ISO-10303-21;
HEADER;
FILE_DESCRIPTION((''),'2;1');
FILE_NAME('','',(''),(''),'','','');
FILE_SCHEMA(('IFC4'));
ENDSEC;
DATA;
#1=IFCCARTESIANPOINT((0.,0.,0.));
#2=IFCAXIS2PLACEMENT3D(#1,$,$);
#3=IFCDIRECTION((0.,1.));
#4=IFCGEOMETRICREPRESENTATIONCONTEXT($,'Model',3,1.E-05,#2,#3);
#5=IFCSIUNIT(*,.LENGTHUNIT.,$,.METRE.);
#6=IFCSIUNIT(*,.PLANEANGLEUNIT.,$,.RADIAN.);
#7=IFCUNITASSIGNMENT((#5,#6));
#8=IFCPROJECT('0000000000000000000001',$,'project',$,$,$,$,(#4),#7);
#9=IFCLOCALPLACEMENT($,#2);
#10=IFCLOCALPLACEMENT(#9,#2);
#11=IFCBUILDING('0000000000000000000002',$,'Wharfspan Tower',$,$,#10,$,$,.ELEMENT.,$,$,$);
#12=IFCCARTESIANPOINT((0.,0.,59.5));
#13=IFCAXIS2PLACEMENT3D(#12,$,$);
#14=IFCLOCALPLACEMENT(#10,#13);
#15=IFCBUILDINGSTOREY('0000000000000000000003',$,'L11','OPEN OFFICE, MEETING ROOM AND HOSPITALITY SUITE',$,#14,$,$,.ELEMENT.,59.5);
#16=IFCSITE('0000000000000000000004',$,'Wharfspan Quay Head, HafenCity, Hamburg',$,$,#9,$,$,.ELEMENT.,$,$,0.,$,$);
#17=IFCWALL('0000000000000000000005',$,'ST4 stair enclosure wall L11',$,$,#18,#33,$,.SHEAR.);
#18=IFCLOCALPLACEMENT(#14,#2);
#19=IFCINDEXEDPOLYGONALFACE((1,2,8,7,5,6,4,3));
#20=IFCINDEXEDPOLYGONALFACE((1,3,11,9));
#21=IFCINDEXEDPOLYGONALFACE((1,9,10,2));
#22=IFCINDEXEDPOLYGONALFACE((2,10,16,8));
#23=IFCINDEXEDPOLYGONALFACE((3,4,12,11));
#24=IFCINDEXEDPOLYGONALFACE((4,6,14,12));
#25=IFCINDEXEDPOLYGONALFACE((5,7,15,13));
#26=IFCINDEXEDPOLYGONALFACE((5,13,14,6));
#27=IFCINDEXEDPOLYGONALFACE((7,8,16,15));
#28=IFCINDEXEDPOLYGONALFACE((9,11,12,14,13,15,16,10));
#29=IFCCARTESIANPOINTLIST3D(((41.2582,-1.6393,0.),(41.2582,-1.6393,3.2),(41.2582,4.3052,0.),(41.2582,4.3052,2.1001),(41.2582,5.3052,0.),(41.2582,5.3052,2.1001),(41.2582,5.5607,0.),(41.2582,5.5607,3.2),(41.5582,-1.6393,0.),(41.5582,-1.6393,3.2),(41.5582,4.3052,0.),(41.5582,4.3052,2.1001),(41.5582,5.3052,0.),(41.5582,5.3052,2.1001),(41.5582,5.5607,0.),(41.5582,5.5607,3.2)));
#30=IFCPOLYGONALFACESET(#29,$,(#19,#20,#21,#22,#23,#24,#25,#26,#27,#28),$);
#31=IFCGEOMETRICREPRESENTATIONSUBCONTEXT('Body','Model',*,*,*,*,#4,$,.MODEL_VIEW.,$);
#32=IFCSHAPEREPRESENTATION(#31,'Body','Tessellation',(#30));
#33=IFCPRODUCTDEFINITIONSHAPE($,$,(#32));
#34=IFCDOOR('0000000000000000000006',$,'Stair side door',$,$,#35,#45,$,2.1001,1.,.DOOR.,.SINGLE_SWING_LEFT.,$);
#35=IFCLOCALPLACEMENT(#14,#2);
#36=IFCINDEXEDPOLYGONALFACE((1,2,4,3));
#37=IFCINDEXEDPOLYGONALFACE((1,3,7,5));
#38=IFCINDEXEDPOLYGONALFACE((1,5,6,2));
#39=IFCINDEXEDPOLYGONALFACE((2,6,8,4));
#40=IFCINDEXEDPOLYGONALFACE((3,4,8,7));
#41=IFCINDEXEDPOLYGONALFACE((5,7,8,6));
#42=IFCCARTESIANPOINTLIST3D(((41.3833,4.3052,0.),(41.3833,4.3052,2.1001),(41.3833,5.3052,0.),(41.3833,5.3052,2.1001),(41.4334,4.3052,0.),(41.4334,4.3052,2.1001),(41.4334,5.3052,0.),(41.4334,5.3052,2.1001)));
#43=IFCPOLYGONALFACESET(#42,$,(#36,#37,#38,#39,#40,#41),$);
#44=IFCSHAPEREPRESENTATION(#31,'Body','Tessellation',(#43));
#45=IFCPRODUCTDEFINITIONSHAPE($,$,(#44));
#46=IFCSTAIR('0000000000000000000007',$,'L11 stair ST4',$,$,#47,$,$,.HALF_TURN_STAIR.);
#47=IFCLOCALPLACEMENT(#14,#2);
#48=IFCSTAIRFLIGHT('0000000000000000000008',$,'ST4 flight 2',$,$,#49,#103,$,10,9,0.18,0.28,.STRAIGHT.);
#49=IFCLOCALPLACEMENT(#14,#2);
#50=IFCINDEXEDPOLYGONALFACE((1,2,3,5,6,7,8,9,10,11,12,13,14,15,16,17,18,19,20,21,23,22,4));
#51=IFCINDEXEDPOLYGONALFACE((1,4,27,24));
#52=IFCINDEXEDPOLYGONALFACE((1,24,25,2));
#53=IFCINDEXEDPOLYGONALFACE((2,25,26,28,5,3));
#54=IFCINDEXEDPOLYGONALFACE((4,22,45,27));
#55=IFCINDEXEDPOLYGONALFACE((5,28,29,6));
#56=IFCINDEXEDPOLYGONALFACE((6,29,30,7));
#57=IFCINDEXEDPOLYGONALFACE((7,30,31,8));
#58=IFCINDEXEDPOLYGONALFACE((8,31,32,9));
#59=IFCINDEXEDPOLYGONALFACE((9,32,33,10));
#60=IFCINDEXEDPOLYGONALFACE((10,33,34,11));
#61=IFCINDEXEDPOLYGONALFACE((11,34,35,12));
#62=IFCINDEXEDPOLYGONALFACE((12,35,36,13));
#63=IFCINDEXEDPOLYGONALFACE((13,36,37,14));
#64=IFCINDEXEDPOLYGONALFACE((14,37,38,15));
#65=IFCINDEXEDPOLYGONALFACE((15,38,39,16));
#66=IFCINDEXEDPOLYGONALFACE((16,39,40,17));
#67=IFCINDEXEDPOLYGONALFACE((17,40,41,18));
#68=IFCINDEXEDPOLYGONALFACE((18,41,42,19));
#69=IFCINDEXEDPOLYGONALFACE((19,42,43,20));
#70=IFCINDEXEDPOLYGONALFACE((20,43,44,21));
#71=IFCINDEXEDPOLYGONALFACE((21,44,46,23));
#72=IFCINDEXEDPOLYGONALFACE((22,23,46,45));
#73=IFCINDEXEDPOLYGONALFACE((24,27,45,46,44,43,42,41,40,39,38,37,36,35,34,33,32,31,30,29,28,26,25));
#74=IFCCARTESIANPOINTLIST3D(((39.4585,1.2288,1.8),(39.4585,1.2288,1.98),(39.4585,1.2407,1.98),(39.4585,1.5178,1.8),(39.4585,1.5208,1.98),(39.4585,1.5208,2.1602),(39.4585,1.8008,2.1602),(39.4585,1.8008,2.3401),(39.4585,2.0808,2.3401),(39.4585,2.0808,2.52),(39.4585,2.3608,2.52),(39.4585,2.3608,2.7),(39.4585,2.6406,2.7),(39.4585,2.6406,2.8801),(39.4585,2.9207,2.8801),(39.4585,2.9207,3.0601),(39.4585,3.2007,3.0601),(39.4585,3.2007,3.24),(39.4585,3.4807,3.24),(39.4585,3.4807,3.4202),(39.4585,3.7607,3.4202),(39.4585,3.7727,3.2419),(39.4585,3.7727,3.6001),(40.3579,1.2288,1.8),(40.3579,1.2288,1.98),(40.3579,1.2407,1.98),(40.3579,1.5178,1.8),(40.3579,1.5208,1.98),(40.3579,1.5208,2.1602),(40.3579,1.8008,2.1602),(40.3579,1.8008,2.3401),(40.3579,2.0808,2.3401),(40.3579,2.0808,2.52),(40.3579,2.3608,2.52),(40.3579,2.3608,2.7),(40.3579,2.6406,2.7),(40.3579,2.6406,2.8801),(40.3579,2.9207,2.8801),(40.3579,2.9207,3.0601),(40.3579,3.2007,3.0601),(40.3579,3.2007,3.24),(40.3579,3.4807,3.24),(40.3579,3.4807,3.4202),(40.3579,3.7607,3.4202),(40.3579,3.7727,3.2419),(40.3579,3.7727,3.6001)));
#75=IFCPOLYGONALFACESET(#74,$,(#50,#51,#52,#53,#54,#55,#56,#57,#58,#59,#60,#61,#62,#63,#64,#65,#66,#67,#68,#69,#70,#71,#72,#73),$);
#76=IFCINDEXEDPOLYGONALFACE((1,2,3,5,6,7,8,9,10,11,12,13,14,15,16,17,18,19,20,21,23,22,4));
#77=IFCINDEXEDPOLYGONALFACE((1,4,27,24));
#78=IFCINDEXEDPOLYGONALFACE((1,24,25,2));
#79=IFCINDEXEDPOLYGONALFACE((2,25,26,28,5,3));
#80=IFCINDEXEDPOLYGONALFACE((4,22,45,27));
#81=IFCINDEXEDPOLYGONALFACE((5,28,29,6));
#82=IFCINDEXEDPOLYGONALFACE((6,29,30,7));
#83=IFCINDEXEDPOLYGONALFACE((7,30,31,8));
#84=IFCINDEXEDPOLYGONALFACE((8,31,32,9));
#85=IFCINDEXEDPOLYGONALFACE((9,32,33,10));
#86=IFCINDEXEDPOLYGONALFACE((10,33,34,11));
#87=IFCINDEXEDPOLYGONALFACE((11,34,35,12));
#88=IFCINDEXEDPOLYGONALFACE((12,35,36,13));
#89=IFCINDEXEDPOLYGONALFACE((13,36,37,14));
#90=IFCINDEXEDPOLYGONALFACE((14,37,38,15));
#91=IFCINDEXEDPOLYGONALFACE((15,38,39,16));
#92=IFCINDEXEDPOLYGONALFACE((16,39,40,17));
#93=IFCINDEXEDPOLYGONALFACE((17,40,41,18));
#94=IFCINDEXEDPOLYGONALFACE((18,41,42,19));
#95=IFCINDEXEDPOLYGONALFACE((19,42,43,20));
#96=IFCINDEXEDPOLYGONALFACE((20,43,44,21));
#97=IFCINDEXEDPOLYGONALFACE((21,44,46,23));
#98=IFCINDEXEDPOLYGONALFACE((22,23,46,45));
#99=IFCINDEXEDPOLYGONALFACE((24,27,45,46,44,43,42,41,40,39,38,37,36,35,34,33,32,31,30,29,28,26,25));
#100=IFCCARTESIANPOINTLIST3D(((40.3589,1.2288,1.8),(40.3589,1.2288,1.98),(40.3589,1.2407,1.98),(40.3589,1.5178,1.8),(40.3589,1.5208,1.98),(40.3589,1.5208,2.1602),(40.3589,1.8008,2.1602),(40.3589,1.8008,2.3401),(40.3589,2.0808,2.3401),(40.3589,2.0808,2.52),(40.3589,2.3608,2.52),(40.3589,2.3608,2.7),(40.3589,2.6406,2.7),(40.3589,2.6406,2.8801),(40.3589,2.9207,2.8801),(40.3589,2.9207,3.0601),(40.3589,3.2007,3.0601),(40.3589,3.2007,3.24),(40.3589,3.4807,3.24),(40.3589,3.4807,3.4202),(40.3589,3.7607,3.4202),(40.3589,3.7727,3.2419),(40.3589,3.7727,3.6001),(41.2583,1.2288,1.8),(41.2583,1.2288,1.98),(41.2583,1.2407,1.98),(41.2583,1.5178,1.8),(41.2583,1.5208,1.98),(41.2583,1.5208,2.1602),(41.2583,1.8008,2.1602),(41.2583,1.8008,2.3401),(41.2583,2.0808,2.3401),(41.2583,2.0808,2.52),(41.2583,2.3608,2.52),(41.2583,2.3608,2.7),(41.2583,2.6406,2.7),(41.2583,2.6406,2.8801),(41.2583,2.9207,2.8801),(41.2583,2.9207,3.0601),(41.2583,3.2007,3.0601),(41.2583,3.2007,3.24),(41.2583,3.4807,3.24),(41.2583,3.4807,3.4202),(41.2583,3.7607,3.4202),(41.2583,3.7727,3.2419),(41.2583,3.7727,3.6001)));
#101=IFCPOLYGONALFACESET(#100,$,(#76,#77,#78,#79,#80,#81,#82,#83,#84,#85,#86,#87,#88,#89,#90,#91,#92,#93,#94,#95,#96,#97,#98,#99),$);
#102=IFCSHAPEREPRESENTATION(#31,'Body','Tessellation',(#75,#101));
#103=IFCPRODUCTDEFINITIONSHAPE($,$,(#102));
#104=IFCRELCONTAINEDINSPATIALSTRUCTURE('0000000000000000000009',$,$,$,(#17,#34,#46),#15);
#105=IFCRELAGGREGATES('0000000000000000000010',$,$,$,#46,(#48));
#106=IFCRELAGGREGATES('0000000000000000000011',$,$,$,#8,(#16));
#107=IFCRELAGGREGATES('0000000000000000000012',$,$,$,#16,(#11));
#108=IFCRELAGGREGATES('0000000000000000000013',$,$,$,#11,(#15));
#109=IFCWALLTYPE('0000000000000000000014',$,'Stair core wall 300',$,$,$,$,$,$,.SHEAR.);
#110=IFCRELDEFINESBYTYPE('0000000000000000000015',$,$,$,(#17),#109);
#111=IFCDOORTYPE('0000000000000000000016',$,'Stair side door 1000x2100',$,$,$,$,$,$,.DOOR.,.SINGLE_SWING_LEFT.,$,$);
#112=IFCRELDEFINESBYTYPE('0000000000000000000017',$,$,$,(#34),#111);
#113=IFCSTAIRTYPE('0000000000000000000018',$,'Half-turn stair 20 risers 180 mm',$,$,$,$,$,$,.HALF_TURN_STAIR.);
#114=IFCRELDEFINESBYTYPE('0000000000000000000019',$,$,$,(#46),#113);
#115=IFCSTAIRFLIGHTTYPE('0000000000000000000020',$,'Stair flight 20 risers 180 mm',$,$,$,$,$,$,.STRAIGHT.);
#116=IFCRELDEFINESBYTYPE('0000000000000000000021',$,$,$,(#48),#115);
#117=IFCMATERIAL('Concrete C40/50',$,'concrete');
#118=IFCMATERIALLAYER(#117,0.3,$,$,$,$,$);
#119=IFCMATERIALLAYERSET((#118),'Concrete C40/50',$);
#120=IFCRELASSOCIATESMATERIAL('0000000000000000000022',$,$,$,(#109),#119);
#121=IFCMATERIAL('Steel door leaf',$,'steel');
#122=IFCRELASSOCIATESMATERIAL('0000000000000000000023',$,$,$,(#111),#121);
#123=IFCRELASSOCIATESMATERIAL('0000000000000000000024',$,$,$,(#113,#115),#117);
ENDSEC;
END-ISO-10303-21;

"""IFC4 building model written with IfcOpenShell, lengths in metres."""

from ifc_helpers import new_model, si_unit, direction, frame, frame_2d, origin, place, context, subcontext, project, spatial, polyline, rectangle, outline, extrude, material, layer, layer_set, type_object, element, fill, aggregate, save


model = new_model("IFC4")

# Units and contexts
model_context = context("Model", 3, precision=1e-05, world=origin(), true_north=direction((0.0, 1.0)))
body_context = subcontext(model_context, "Body", "Model", "MODEL_VIEW")
ifc_project = project(units=[si_unit("LENGTHUNIT", "METRE"), si_unit("PLANEANGLEUNIT", "RADIAN")], contexts=[model_context])

# Site, building, storey
site_placement = place(None, origin())
site = spatial("IfcSite", under=ifc_project, at=site_placement, Name="Wharfspan Quay Head, HafenCity, Hamburg", CompositionType="ELEMENT", RefElevation=0.0)
building_placement = place(site_placement, origin())
building = spatial("IfcBuilding", under=site, at=building_placement, Name="Wharfspan Tower", CompositionType="ELEMENT")
storey_placement = place(building_placement, frame((0.0, 0.0, 59.5)))
storey = spatial("IfcBuildingStorey", under=building, at=storey_placement, Name="L11", Description="OPEN OFFICE, MEETING ROOM AND HOSPITALITY SUITE", CompositionType="ELEMENT", Elevation=59.5)

# Wall, opening, door
ifc_material_1 = material(Name="Concrete C40/50", Category="concrete")
ifc_layer_1 = layer(ifc_material_1, 0.3)
ifc_layer_set_1 = layer_set([ifc_layer_1], Name="Concrete C40/50")
wall_type_1 = type_object("IfcWallType", Name="Stair core wall 300", PredefinedType="SHEAR", material=ifc_layer_set_1)
wall_1_placement = place(storey_placement, frame((41.4082, -1.6394, 0.0), z_axis=(0.0, 0.0, 1.0), x_axis=(0.0, 1.0, 0.0)))
wall_1 = element("IfcWall", 1, at=wall_1_placement, inside=storey, type_object=wall_type_1, Name="ST4 stair enclosure wall L11", PredefinedType="SHEAR", context=body_context, shape_type="SweptSolid", body=[
    extrude(rectangle(XDim=7.2, YDim=0.3, at=frame_2d((3.6001, 0.0))), origin(), (0.0, 0.0, 1.0), 3.2),
])
opening_1_placement = place(wall_1_placement, frame((5.9446, 0.0, 0.0)))
opening_1 = element("IfcOpeningElement", 2, at=opening_1_placement, cuts=wall_1, PredefinedType="OPENING", context=body_context, shape_type="SweptSolid", body=[
    extrude(rectangle(XDim=1.0, YDim=2.1001, at=frame_2d((0.5, 1.05))), frame((0.0, 0.1599, 0.0), z_axis=(0.0, -1.0, 0.0), x_axis=(1.0, 0.0, 0.0)), (0.0, 0.0, 1.0), 0.3201),
])
ifc_material_2 = material(Name="Steel door leaf", Category="steel")
door_type_1 = type_object("IfcDoorType", Name="Stair side door 1000x2100", OperationType="SINGLE_SWING_LEFT", PredefinedType="DOOR", material=ifc_material_2)
door_1_placement = place(opening_1_placement, origin())
door_1 = element("IfcDoor", 3, at=door_1_placement, inside=storey, type_object=door_type_1, Name="Stair side door", OperationType="SINGLE_SWING_LEFT", OverallHeight=2.1001, OverallWidth=1.0, PredefinedType="DOOR", context=body_context, shape_type="SweptSolid", body=[
    extrude(rectangle(XDim=1.0, YDim=2.1001, at=frame_2d((0.5, 1.05))), frame((0.0, 0.0249, 0.0), z_axis=(0.0, -1.0, 0.0), x_axis=(1.0, 0.0, 0.0)), (0.0, 0.0, 1.0), 0.05),
])
fill(opening_1, door_1)

# Stair, stair flight
stair_type = type_object("IfcStairType", Name="Half-turn stair 20 risers 180 mm", PredefinedType="HALF_TURN_STAIR", material=ifc_material_1)
stair_placement = place(storey_placement, origin())
stair = element("IfcStair", 4, at=stair_placement, inside=storey, type_object=stair_type, Name="L11 stair ST4", PredefinedType="HALF_TURN_STAIR")
stair_flight_type = type_object("IfcStairFlightType", Name="Stair flight 20 risers 180 mm", PredefinedType="STRAIGHT", material=ifc_material_1)
stair_flight_placement = place(storey_placement, frame((40.3584, 1.2407, 1.8), z_axis=(0.0, 0.0, 1.0), x_axis=(0.0, 1.0, 0.0)))
stair_flight = element("IfcStairFlight", 5, at=stair_flight_placement, type_object=stair_flight_type, Name="ST4 flight 2", NumberOfRisers=10, NumberOfTreads=9, PredefinedType="STRAIGHT", RiserHeight=0.18, TreadLength=0.28, context=body_context, shape_type="SweptSolid", body=[
    extrude(outline(polyline([(-0.012, 0.0), (-0.012, 0.1799), (0.0, 0.1799), (0.28, 0.1799), (0.28, 0.3601), (0.5601, 0.3601), (0.5601, 0.54), (0.8401, 0.54), (0.8401, 0.72), (1.1201, 0.72), (1.1201, 0.8999), (1.3999, 0.8999), (1.3999, 1.0801), (1.6799, 1.0801), (1.6799, 1.26), (1.96, 1.26), (1.96, 1.4399), (2.24, 1.4399), (2.24, 1.6201), (2.52, 1.6201), (2.532, 1.8), (2.532, 1.4419), (0.2771, 0.0), (-0.012, 0.0)])), frame((0.0, 0.8999, 0.0), z_axis=(0.0, -1.0, 0.0), x_axis=(1.0, 0.0, 0.0)), (0.0, 0.0, 1.0), 0.8994),
    extrude(outline(polyline([(-0.012, 0.0), (-0.012, 0.1799), (0.0, 0.1799), (0.28, 0.1799), (0.28, 0.3601), (0.5601, 0.3601), (0.5601, 0.54), (0.8401, 0.54), (0.8401, 0.72), (1.1201, 0.72), (1.1201, 0.8999), (1.3999, 0.8999), (1.3999, 1.0801), (1.6799, 1.0801), (1.6799, 1.26), (1.96, 1.26), (1.96, 1.4399), (2.24, 1.4399), (2.24, 1.6201), (2.52, 1.6201), (2.532, 1.8), (2.532, 1.4419), (0.2771, 0.0), (-0.012, 0.0)])), frame((0.0, -0.0005, 0.0), z_axis=(0.0, -1.0, 0.0), x_axis=(1.0, 0.0, 0.0)), (0.0, 0.0, 1.0), 0.8994),
])
aggregate(stair, [stair_flight])

save(model, "model.ifc")
